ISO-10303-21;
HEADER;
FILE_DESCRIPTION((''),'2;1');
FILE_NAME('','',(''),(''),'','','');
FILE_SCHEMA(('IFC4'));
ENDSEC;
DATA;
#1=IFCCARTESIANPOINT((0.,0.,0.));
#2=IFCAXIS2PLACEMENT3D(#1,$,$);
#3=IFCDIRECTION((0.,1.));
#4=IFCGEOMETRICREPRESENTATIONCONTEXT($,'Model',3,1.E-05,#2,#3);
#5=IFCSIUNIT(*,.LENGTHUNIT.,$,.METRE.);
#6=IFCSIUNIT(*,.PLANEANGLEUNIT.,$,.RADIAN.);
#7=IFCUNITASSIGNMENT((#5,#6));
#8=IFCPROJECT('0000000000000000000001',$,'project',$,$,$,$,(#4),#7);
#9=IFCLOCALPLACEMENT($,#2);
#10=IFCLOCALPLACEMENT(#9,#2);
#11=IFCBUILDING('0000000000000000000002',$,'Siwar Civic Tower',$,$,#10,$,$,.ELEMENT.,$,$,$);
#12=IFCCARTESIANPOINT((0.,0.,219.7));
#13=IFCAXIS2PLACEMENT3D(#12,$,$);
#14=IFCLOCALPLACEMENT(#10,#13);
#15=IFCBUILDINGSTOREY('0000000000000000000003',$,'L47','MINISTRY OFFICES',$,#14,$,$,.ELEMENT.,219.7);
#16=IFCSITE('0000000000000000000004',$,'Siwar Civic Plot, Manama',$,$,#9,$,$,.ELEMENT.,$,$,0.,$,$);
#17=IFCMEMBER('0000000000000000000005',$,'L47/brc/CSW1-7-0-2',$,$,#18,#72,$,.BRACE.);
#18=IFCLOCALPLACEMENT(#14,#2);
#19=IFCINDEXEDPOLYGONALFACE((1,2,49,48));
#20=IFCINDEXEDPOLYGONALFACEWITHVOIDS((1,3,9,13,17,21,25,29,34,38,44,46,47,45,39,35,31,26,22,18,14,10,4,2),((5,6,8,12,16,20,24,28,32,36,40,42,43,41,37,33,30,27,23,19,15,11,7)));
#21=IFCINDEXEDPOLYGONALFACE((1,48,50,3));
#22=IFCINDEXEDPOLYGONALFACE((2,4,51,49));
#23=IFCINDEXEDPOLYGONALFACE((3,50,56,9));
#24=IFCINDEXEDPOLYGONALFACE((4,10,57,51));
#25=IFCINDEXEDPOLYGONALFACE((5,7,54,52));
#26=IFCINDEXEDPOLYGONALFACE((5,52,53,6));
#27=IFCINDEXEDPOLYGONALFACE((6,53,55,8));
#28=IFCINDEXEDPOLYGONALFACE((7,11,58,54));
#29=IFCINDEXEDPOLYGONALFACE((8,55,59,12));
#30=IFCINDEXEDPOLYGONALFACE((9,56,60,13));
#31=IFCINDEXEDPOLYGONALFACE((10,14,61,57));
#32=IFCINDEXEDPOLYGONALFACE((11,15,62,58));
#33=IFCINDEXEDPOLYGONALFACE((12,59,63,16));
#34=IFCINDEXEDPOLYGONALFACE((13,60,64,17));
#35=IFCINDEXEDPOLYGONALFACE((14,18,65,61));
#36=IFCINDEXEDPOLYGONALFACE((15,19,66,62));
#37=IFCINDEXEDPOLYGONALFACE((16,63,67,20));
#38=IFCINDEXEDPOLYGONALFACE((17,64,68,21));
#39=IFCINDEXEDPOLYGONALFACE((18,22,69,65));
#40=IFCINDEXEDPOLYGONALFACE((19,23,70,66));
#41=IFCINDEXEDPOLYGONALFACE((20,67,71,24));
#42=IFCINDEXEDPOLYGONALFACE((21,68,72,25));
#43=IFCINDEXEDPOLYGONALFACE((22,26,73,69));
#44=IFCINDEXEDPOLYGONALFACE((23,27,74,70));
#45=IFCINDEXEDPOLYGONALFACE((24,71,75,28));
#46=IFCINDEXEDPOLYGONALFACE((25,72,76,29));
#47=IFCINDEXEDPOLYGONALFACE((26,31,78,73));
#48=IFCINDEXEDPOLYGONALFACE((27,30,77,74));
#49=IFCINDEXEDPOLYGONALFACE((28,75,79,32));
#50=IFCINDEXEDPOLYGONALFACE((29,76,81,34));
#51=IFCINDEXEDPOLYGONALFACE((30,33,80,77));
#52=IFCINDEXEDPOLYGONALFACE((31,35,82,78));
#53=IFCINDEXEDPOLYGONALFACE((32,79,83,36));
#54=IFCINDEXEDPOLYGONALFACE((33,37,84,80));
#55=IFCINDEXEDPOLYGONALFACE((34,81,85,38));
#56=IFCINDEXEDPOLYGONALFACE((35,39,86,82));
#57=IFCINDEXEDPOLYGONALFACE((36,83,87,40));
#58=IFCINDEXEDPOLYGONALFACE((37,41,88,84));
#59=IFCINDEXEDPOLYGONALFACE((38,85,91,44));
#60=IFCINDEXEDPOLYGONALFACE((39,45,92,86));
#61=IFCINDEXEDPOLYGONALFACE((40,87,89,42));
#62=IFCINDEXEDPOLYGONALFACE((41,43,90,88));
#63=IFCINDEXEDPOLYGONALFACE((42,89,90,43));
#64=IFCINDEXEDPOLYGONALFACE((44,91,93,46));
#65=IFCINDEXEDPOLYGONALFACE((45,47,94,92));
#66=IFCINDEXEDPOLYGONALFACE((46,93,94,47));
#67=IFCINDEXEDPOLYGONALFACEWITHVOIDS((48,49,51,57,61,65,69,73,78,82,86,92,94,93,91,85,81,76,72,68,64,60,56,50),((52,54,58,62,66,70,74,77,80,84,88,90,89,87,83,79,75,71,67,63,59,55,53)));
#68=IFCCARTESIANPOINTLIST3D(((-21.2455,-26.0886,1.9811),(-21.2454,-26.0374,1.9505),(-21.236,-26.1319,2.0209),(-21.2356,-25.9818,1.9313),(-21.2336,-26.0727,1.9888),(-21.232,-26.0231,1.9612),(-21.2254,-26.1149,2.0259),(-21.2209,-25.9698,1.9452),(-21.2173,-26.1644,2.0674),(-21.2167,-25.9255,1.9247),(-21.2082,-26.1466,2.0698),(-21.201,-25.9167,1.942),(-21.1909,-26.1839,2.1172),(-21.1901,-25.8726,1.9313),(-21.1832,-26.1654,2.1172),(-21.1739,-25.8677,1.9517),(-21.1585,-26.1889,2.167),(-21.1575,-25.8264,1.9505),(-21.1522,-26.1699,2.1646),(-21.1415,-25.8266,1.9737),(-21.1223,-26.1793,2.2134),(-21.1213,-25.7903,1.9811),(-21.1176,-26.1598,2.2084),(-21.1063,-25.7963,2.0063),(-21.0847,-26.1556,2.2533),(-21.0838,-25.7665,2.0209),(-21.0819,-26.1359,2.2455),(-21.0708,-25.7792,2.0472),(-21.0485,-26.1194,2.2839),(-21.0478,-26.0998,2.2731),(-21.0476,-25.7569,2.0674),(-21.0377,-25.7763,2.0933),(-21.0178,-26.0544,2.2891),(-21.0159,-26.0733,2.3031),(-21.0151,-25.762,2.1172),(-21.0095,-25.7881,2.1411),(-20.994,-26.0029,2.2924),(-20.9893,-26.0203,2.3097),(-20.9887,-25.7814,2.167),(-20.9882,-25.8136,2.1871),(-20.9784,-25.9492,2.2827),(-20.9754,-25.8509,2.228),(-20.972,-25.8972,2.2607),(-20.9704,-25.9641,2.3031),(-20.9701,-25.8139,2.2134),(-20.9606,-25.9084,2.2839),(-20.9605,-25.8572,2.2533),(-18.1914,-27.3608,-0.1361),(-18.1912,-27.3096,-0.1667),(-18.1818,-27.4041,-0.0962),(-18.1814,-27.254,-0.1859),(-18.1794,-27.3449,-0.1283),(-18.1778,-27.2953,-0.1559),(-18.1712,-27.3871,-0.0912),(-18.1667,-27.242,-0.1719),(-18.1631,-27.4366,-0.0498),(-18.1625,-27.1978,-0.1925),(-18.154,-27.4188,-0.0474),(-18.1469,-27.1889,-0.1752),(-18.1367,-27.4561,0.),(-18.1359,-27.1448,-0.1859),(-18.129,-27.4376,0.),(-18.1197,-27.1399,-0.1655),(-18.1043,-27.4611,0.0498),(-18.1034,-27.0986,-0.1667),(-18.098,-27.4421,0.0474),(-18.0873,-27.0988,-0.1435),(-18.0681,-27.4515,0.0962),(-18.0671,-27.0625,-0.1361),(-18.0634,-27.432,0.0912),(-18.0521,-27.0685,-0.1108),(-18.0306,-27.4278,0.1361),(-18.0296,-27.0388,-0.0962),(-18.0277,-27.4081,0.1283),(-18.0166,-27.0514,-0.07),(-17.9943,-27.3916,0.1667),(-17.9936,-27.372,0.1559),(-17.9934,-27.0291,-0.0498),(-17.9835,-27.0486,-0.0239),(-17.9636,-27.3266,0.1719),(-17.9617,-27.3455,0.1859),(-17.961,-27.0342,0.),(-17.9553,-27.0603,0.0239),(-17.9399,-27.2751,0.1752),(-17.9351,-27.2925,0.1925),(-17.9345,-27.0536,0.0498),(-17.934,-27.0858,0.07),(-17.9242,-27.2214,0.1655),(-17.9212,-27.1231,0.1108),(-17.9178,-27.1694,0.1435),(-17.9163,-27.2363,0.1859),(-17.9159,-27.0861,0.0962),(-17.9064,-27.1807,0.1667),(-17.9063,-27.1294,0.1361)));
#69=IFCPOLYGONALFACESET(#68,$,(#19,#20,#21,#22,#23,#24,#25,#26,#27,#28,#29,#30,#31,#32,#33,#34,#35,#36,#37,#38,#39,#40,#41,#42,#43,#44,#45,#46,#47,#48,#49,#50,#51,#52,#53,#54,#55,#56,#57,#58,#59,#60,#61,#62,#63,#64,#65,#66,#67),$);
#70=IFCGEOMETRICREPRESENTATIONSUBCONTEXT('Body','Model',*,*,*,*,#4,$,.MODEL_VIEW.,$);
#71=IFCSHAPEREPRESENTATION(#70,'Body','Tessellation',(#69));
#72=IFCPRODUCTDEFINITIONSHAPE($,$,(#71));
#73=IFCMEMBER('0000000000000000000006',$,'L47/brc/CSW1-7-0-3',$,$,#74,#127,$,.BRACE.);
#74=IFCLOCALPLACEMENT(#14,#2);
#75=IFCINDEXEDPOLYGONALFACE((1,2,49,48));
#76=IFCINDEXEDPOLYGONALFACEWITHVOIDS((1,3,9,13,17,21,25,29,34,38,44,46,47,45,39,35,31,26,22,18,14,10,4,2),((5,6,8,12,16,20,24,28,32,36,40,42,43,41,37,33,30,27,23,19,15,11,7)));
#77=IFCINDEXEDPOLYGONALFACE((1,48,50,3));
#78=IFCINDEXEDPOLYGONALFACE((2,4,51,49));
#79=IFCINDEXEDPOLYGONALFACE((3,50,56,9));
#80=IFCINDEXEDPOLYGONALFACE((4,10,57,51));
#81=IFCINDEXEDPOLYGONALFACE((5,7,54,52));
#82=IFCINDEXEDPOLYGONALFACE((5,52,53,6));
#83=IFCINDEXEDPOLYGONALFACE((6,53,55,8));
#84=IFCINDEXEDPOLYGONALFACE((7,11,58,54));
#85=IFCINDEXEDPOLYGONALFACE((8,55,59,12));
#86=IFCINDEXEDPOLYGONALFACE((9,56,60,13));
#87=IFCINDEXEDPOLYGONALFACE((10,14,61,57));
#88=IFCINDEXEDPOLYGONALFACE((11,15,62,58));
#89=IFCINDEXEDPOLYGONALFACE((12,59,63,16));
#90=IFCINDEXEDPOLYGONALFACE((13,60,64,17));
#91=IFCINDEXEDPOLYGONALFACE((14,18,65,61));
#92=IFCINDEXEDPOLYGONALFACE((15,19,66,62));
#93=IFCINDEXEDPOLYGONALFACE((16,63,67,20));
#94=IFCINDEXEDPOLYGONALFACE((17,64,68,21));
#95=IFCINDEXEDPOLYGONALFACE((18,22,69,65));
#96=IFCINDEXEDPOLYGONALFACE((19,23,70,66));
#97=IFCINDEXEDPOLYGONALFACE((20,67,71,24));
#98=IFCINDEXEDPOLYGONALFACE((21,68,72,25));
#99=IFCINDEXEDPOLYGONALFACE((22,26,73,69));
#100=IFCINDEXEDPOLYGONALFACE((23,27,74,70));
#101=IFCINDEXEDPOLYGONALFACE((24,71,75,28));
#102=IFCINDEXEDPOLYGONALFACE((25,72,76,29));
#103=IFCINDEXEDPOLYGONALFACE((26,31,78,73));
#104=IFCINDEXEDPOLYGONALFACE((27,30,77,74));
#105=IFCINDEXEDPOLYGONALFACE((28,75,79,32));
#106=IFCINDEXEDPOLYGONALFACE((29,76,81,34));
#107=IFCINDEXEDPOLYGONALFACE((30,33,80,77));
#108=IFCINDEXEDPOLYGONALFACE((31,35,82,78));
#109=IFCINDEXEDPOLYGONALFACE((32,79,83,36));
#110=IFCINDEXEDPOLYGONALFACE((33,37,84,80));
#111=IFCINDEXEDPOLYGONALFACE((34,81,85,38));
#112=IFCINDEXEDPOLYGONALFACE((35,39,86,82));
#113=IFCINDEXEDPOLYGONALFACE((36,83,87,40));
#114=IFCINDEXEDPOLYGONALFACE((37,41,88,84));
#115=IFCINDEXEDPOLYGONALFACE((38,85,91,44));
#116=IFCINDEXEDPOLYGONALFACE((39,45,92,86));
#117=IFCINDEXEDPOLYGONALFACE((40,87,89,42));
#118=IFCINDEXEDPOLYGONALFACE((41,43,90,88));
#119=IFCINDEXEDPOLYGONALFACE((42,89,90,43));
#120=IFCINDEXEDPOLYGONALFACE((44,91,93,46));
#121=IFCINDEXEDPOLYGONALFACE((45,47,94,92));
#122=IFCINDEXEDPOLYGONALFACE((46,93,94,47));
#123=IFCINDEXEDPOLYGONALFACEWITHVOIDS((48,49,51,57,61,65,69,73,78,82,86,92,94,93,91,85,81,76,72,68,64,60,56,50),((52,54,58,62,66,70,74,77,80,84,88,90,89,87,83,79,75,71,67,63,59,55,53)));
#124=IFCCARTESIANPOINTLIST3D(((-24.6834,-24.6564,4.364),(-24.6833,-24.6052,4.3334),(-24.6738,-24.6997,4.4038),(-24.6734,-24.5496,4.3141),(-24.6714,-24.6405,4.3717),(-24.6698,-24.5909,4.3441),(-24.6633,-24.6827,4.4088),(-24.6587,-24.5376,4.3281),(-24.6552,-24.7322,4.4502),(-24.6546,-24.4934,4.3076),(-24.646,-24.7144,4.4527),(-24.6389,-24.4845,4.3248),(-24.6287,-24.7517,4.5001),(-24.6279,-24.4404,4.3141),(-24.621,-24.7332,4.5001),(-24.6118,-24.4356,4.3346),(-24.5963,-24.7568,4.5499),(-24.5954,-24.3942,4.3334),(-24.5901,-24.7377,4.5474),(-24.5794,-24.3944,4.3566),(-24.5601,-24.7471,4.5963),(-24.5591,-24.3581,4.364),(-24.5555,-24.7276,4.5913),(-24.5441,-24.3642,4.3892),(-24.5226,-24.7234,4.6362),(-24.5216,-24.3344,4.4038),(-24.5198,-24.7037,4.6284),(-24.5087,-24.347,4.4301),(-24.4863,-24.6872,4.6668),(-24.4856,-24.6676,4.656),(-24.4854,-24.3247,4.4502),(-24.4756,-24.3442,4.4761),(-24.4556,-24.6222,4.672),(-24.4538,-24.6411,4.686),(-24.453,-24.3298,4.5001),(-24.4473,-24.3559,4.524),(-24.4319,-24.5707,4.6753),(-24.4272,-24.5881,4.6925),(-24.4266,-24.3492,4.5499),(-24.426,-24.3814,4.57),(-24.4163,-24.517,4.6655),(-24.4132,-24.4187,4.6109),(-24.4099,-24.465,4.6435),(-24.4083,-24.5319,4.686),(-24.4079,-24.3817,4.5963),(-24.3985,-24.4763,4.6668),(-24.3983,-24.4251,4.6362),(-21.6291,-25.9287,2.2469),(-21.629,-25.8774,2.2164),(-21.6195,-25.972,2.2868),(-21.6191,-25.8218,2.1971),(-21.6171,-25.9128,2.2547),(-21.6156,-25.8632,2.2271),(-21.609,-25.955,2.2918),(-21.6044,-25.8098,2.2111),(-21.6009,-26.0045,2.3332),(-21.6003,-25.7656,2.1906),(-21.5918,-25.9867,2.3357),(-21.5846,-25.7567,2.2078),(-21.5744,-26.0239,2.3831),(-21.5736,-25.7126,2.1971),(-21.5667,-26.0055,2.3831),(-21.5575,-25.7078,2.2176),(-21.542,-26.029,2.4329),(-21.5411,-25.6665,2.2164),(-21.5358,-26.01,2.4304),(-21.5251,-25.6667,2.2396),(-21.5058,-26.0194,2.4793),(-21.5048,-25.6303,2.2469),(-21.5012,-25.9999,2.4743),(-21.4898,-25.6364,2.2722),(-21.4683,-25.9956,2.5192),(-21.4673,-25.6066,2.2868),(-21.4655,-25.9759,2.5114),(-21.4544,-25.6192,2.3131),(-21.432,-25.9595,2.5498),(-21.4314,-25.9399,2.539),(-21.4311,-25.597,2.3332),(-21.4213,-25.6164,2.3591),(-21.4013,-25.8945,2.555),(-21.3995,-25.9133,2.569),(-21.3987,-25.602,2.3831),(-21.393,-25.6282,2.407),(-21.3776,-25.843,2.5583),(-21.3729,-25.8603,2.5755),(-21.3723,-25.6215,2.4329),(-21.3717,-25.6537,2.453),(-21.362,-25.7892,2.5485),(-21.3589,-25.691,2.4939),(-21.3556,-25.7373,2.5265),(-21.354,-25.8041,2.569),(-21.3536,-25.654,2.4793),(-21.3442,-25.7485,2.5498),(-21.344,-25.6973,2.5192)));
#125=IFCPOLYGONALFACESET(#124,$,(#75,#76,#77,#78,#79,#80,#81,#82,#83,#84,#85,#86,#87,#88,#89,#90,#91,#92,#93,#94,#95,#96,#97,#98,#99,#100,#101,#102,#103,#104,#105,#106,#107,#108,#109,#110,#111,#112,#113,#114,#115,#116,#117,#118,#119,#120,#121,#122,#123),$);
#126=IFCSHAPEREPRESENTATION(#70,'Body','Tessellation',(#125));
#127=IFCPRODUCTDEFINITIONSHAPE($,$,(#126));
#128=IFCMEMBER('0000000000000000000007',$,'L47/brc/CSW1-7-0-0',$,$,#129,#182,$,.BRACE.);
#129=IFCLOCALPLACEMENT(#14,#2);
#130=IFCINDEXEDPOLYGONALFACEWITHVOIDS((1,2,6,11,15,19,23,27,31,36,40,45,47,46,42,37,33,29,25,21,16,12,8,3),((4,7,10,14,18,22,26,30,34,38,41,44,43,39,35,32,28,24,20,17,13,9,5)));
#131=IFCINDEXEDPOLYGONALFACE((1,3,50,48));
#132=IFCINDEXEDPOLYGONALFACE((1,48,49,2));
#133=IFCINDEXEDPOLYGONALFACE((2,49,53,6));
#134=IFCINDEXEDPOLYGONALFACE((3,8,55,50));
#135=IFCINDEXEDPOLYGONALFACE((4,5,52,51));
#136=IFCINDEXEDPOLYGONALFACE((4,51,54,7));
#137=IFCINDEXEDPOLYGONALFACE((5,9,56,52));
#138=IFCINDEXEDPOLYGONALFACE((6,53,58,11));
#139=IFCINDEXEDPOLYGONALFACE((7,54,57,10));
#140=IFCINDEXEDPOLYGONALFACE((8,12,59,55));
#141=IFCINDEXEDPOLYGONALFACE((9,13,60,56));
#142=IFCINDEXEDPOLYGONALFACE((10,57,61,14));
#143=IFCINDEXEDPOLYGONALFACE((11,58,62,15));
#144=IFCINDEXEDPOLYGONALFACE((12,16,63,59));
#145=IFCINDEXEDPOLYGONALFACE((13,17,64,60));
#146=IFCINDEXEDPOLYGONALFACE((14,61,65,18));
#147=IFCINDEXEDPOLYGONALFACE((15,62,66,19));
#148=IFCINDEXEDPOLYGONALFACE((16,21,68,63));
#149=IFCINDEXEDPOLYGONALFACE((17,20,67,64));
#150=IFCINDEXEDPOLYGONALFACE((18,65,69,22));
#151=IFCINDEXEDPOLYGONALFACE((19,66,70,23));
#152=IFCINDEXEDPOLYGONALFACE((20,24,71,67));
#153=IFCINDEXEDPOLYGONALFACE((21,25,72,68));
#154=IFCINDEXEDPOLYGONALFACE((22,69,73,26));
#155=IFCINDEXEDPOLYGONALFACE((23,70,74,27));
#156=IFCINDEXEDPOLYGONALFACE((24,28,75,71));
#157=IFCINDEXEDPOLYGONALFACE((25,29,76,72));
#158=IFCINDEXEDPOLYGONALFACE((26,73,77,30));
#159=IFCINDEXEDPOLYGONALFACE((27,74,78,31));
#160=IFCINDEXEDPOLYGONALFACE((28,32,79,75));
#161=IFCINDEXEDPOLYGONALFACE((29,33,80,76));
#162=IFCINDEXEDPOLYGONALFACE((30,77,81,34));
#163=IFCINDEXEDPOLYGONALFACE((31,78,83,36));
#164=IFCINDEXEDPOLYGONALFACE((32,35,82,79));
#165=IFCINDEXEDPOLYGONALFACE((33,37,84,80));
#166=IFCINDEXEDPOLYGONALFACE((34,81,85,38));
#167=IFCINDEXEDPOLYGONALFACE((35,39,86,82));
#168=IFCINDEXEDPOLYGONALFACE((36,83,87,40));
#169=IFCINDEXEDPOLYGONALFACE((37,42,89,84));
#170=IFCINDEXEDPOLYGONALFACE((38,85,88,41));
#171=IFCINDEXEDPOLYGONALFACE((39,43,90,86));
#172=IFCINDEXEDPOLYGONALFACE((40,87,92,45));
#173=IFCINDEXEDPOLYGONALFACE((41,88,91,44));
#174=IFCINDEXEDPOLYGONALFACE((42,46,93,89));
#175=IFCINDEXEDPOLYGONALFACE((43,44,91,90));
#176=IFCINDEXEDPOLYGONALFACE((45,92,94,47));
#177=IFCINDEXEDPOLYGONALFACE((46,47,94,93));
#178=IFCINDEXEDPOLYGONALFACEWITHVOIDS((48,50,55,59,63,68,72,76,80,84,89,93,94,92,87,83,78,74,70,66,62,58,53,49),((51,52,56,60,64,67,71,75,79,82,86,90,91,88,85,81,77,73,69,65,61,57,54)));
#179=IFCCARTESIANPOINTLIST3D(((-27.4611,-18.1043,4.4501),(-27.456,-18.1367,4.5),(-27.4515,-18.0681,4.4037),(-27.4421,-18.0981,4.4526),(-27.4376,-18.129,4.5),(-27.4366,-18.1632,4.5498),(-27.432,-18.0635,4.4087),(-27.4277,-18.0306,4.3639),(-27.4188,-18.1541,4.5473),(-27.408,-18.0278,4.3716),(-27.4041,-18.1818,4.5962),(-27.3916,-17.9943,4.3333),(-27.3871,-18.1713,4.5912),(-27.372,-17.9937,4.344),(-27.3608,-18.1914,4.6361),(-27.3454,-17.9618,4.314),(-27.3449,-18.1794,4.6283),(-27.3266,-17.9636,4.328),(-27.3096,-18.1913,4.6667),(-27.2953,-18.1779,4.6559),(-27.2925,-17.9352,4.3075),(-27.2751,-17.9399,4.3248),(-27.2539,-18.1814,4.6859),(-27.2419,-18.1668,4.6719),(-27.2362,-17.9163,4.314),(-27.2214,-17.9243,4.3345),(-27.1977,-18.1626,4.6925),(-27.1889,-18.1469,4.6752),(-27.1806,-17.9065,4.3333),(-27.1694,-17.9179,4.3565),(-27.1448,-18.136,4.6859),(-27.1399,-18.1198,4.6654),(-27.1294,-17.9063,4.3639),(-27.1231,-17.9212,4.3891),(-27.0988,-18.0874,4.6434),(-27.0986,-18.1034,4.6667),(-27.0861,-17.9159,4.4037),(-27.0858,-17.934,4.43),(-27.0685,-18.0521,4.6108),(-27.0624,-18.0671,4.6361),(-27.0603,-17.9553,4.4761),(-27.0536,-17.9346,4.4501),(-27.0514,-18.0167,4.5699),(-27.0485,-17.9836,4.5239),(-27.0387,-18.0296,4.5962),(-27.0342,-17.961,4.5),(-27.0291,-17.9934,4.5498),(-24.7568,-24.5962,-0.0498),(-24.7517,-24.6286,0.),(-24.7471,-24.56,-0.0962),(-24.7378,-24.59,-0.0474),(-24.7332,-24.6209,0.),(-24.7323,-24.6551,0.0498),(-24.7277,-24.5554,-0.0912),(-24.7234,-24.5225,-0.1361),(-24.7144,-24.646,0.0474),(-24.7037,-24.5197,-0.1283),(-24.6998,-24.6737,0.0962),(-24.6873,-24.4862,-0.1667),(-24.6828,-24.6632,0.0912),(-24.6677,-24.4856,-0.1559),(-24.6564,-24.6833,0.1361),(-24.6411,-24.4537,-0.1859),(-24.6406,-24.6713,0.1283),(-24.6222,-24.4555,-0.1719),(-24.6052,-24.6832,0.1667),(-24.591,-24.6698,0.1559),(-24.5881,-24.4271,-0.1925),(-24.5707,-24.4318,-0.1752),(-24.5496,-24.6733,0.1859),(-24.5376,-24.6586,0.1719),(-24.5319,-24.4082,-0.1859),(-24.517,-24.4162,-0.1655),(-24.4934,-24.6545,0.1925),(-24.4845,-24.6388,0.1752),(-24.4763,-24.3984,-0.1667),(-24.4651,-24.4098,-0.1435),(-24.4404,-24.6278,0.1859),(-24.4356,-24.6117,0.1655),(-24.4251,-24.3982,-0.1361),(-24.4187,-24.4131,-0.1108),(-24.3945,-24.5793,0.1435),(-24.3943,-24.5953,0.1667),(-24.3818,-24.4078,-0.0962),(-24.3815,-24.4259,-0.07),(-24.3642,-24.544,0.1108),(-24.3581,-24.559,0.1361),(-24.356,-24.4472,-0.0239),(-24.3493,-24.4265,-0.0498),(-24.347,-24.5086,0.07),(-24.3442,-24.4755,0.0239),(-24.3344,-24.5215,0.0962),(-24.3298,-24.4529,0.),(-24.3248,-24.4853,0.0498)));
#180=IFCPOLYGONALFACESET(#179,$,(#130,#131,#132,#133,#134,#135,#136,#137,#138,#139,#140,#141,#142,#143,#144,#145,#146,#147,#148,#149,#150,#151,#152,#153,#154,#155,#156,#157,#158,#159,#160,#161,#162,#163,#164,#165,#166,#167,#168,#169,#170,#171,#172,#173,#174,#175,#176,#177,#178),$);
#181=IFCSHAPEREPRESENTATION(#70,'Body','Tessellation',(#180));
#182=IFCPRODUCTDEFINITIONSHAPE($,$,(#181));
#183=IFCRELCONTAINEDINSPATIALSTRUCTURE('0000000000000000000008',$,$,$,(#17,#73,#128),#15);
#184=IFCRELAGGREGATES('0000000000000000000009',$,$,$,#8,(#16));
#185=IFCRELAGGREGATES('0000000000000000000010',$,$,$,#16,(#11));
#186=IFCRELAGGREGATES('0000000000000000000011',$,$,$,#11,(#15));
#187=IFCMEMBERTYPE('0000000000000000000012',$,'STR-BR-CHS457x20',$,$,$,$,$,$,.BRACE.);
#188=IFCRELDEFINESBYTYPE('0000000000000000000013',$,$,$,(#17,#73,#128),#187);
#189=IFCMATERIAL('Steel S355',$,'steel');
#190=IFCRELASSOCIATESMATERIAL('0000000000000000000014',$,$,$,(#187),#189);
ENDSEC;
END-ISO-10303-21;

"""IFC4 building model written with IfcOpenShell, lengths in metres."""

from ifc_helpers import new_model, si_unit, direction, frame, origin, origin_2d, place, context, subcontext, project, spatial, hollow_circle, extrude, material, material_profile, profile_set, type_object, element, save


model = new_model("IFC4")

# Units and contexts
model_context = context("Model", 3, precision=1e-05, world=origin(), true_north=direction((0.0, 1.0)))
body_context = subcontext(model_context, "Body", "Model", "MODEL_VIEW")
ifc_project = project(units=[si_unit("LENGTHUNIT", "METRE"), si_unit("PLANEANGLEUNIT", "RADIAN")], contexts=[model_context])

# Site, building, storey
site_placement = place(None, origin())
site = spatial("IfcSite", under=ifc_project, at=site_placement, Name="Siwar Civic Plot, Manama", CompositionType="ELEMENT", RefElevation=0.0)
building_placement = place(site_placement, origin())
building = spatial("IfcBuilding", under=site, at=building_placement, Name="Siwar Civic Tower", CompositionType="ELEMENT")
storey_placement = place(building_placement, frame((0.0, 0.0, 219.7)))
storey = spatial("IfcBuildingStorey", under=building, at=storey_placement, Name="L47", Description="MINISTRY OFFICES", CompositionType="ELEMENT", Elevation=219.7)

# Members
ifc_material_1 = material(Name="Steel S355", Category="steel")
ifc_material_profile_1 = material_profile(ifc_material_1, hollow_circle(Radius=0.2285, WallThickness=0.02, at=origin_2d()), Name="CHS457x20")
ifc_profile_set_1 = profile_set([ifc_material_profile_1], Name="Steel S355")
member_type_1 = type_object("IfcMemberType", Name="STR-BR-CHS457x20", PredefinedType="BRACE", material=ifc_profile_set_1)
for number, where, z_axis, x_axis, name in (
    (1, (-18.0488, -27.2451, 0.0), (-0.777546, 0.323884, 0.538999), (-0.384521, -0.923116, 0.0), "L47/brc/CSW1-7-0-2"),
    (2, (-21.4866, -25.813, 2.3831), (-0.777572, 0.323895, 0.538955), (-0.384521, -0.923116, 0.0), "L47/brc/CSW1-7-0-3"),
):
    element("IfcMember", number, at=place(storey_placement, frame(where, z_axis=z_axis, x_axis=x_axis)), inside=storey, type_object=member_type_1, Name=name, PredefinedType="BRACE", context=body_context, shape_type="SweptSolid", body=[
        extrude(hollow_circle(Radius=0.2285, WallThickness=0.02, at=origin_2d()), origin(), (0.0, 0.0, 1.0), 3.928),
    ])
member_1_placement = place(storey_placement, frame((-24.5408, -24.5408, 0.0), z_axis=(-0.323906, 0.777555, 0.538975), x_axis=(-0.923109, -0.384539, 0.0)))
element("IfcMember", 3, at=member_1_placement, inside=storey, type_object=member_type_1, Name="L47/brc/CSW1-7-0-0", PredefinedType="BRACE", context=body_context, shape_type="SweptSolid", body=[
    extrude(hollow_circle(Radius=0.2285, WallThickness=0.02, at=origin_2d()), origin(), (0.0, 0.0, 1.0), 8.3491),
])

save(model, "model.ifc")
